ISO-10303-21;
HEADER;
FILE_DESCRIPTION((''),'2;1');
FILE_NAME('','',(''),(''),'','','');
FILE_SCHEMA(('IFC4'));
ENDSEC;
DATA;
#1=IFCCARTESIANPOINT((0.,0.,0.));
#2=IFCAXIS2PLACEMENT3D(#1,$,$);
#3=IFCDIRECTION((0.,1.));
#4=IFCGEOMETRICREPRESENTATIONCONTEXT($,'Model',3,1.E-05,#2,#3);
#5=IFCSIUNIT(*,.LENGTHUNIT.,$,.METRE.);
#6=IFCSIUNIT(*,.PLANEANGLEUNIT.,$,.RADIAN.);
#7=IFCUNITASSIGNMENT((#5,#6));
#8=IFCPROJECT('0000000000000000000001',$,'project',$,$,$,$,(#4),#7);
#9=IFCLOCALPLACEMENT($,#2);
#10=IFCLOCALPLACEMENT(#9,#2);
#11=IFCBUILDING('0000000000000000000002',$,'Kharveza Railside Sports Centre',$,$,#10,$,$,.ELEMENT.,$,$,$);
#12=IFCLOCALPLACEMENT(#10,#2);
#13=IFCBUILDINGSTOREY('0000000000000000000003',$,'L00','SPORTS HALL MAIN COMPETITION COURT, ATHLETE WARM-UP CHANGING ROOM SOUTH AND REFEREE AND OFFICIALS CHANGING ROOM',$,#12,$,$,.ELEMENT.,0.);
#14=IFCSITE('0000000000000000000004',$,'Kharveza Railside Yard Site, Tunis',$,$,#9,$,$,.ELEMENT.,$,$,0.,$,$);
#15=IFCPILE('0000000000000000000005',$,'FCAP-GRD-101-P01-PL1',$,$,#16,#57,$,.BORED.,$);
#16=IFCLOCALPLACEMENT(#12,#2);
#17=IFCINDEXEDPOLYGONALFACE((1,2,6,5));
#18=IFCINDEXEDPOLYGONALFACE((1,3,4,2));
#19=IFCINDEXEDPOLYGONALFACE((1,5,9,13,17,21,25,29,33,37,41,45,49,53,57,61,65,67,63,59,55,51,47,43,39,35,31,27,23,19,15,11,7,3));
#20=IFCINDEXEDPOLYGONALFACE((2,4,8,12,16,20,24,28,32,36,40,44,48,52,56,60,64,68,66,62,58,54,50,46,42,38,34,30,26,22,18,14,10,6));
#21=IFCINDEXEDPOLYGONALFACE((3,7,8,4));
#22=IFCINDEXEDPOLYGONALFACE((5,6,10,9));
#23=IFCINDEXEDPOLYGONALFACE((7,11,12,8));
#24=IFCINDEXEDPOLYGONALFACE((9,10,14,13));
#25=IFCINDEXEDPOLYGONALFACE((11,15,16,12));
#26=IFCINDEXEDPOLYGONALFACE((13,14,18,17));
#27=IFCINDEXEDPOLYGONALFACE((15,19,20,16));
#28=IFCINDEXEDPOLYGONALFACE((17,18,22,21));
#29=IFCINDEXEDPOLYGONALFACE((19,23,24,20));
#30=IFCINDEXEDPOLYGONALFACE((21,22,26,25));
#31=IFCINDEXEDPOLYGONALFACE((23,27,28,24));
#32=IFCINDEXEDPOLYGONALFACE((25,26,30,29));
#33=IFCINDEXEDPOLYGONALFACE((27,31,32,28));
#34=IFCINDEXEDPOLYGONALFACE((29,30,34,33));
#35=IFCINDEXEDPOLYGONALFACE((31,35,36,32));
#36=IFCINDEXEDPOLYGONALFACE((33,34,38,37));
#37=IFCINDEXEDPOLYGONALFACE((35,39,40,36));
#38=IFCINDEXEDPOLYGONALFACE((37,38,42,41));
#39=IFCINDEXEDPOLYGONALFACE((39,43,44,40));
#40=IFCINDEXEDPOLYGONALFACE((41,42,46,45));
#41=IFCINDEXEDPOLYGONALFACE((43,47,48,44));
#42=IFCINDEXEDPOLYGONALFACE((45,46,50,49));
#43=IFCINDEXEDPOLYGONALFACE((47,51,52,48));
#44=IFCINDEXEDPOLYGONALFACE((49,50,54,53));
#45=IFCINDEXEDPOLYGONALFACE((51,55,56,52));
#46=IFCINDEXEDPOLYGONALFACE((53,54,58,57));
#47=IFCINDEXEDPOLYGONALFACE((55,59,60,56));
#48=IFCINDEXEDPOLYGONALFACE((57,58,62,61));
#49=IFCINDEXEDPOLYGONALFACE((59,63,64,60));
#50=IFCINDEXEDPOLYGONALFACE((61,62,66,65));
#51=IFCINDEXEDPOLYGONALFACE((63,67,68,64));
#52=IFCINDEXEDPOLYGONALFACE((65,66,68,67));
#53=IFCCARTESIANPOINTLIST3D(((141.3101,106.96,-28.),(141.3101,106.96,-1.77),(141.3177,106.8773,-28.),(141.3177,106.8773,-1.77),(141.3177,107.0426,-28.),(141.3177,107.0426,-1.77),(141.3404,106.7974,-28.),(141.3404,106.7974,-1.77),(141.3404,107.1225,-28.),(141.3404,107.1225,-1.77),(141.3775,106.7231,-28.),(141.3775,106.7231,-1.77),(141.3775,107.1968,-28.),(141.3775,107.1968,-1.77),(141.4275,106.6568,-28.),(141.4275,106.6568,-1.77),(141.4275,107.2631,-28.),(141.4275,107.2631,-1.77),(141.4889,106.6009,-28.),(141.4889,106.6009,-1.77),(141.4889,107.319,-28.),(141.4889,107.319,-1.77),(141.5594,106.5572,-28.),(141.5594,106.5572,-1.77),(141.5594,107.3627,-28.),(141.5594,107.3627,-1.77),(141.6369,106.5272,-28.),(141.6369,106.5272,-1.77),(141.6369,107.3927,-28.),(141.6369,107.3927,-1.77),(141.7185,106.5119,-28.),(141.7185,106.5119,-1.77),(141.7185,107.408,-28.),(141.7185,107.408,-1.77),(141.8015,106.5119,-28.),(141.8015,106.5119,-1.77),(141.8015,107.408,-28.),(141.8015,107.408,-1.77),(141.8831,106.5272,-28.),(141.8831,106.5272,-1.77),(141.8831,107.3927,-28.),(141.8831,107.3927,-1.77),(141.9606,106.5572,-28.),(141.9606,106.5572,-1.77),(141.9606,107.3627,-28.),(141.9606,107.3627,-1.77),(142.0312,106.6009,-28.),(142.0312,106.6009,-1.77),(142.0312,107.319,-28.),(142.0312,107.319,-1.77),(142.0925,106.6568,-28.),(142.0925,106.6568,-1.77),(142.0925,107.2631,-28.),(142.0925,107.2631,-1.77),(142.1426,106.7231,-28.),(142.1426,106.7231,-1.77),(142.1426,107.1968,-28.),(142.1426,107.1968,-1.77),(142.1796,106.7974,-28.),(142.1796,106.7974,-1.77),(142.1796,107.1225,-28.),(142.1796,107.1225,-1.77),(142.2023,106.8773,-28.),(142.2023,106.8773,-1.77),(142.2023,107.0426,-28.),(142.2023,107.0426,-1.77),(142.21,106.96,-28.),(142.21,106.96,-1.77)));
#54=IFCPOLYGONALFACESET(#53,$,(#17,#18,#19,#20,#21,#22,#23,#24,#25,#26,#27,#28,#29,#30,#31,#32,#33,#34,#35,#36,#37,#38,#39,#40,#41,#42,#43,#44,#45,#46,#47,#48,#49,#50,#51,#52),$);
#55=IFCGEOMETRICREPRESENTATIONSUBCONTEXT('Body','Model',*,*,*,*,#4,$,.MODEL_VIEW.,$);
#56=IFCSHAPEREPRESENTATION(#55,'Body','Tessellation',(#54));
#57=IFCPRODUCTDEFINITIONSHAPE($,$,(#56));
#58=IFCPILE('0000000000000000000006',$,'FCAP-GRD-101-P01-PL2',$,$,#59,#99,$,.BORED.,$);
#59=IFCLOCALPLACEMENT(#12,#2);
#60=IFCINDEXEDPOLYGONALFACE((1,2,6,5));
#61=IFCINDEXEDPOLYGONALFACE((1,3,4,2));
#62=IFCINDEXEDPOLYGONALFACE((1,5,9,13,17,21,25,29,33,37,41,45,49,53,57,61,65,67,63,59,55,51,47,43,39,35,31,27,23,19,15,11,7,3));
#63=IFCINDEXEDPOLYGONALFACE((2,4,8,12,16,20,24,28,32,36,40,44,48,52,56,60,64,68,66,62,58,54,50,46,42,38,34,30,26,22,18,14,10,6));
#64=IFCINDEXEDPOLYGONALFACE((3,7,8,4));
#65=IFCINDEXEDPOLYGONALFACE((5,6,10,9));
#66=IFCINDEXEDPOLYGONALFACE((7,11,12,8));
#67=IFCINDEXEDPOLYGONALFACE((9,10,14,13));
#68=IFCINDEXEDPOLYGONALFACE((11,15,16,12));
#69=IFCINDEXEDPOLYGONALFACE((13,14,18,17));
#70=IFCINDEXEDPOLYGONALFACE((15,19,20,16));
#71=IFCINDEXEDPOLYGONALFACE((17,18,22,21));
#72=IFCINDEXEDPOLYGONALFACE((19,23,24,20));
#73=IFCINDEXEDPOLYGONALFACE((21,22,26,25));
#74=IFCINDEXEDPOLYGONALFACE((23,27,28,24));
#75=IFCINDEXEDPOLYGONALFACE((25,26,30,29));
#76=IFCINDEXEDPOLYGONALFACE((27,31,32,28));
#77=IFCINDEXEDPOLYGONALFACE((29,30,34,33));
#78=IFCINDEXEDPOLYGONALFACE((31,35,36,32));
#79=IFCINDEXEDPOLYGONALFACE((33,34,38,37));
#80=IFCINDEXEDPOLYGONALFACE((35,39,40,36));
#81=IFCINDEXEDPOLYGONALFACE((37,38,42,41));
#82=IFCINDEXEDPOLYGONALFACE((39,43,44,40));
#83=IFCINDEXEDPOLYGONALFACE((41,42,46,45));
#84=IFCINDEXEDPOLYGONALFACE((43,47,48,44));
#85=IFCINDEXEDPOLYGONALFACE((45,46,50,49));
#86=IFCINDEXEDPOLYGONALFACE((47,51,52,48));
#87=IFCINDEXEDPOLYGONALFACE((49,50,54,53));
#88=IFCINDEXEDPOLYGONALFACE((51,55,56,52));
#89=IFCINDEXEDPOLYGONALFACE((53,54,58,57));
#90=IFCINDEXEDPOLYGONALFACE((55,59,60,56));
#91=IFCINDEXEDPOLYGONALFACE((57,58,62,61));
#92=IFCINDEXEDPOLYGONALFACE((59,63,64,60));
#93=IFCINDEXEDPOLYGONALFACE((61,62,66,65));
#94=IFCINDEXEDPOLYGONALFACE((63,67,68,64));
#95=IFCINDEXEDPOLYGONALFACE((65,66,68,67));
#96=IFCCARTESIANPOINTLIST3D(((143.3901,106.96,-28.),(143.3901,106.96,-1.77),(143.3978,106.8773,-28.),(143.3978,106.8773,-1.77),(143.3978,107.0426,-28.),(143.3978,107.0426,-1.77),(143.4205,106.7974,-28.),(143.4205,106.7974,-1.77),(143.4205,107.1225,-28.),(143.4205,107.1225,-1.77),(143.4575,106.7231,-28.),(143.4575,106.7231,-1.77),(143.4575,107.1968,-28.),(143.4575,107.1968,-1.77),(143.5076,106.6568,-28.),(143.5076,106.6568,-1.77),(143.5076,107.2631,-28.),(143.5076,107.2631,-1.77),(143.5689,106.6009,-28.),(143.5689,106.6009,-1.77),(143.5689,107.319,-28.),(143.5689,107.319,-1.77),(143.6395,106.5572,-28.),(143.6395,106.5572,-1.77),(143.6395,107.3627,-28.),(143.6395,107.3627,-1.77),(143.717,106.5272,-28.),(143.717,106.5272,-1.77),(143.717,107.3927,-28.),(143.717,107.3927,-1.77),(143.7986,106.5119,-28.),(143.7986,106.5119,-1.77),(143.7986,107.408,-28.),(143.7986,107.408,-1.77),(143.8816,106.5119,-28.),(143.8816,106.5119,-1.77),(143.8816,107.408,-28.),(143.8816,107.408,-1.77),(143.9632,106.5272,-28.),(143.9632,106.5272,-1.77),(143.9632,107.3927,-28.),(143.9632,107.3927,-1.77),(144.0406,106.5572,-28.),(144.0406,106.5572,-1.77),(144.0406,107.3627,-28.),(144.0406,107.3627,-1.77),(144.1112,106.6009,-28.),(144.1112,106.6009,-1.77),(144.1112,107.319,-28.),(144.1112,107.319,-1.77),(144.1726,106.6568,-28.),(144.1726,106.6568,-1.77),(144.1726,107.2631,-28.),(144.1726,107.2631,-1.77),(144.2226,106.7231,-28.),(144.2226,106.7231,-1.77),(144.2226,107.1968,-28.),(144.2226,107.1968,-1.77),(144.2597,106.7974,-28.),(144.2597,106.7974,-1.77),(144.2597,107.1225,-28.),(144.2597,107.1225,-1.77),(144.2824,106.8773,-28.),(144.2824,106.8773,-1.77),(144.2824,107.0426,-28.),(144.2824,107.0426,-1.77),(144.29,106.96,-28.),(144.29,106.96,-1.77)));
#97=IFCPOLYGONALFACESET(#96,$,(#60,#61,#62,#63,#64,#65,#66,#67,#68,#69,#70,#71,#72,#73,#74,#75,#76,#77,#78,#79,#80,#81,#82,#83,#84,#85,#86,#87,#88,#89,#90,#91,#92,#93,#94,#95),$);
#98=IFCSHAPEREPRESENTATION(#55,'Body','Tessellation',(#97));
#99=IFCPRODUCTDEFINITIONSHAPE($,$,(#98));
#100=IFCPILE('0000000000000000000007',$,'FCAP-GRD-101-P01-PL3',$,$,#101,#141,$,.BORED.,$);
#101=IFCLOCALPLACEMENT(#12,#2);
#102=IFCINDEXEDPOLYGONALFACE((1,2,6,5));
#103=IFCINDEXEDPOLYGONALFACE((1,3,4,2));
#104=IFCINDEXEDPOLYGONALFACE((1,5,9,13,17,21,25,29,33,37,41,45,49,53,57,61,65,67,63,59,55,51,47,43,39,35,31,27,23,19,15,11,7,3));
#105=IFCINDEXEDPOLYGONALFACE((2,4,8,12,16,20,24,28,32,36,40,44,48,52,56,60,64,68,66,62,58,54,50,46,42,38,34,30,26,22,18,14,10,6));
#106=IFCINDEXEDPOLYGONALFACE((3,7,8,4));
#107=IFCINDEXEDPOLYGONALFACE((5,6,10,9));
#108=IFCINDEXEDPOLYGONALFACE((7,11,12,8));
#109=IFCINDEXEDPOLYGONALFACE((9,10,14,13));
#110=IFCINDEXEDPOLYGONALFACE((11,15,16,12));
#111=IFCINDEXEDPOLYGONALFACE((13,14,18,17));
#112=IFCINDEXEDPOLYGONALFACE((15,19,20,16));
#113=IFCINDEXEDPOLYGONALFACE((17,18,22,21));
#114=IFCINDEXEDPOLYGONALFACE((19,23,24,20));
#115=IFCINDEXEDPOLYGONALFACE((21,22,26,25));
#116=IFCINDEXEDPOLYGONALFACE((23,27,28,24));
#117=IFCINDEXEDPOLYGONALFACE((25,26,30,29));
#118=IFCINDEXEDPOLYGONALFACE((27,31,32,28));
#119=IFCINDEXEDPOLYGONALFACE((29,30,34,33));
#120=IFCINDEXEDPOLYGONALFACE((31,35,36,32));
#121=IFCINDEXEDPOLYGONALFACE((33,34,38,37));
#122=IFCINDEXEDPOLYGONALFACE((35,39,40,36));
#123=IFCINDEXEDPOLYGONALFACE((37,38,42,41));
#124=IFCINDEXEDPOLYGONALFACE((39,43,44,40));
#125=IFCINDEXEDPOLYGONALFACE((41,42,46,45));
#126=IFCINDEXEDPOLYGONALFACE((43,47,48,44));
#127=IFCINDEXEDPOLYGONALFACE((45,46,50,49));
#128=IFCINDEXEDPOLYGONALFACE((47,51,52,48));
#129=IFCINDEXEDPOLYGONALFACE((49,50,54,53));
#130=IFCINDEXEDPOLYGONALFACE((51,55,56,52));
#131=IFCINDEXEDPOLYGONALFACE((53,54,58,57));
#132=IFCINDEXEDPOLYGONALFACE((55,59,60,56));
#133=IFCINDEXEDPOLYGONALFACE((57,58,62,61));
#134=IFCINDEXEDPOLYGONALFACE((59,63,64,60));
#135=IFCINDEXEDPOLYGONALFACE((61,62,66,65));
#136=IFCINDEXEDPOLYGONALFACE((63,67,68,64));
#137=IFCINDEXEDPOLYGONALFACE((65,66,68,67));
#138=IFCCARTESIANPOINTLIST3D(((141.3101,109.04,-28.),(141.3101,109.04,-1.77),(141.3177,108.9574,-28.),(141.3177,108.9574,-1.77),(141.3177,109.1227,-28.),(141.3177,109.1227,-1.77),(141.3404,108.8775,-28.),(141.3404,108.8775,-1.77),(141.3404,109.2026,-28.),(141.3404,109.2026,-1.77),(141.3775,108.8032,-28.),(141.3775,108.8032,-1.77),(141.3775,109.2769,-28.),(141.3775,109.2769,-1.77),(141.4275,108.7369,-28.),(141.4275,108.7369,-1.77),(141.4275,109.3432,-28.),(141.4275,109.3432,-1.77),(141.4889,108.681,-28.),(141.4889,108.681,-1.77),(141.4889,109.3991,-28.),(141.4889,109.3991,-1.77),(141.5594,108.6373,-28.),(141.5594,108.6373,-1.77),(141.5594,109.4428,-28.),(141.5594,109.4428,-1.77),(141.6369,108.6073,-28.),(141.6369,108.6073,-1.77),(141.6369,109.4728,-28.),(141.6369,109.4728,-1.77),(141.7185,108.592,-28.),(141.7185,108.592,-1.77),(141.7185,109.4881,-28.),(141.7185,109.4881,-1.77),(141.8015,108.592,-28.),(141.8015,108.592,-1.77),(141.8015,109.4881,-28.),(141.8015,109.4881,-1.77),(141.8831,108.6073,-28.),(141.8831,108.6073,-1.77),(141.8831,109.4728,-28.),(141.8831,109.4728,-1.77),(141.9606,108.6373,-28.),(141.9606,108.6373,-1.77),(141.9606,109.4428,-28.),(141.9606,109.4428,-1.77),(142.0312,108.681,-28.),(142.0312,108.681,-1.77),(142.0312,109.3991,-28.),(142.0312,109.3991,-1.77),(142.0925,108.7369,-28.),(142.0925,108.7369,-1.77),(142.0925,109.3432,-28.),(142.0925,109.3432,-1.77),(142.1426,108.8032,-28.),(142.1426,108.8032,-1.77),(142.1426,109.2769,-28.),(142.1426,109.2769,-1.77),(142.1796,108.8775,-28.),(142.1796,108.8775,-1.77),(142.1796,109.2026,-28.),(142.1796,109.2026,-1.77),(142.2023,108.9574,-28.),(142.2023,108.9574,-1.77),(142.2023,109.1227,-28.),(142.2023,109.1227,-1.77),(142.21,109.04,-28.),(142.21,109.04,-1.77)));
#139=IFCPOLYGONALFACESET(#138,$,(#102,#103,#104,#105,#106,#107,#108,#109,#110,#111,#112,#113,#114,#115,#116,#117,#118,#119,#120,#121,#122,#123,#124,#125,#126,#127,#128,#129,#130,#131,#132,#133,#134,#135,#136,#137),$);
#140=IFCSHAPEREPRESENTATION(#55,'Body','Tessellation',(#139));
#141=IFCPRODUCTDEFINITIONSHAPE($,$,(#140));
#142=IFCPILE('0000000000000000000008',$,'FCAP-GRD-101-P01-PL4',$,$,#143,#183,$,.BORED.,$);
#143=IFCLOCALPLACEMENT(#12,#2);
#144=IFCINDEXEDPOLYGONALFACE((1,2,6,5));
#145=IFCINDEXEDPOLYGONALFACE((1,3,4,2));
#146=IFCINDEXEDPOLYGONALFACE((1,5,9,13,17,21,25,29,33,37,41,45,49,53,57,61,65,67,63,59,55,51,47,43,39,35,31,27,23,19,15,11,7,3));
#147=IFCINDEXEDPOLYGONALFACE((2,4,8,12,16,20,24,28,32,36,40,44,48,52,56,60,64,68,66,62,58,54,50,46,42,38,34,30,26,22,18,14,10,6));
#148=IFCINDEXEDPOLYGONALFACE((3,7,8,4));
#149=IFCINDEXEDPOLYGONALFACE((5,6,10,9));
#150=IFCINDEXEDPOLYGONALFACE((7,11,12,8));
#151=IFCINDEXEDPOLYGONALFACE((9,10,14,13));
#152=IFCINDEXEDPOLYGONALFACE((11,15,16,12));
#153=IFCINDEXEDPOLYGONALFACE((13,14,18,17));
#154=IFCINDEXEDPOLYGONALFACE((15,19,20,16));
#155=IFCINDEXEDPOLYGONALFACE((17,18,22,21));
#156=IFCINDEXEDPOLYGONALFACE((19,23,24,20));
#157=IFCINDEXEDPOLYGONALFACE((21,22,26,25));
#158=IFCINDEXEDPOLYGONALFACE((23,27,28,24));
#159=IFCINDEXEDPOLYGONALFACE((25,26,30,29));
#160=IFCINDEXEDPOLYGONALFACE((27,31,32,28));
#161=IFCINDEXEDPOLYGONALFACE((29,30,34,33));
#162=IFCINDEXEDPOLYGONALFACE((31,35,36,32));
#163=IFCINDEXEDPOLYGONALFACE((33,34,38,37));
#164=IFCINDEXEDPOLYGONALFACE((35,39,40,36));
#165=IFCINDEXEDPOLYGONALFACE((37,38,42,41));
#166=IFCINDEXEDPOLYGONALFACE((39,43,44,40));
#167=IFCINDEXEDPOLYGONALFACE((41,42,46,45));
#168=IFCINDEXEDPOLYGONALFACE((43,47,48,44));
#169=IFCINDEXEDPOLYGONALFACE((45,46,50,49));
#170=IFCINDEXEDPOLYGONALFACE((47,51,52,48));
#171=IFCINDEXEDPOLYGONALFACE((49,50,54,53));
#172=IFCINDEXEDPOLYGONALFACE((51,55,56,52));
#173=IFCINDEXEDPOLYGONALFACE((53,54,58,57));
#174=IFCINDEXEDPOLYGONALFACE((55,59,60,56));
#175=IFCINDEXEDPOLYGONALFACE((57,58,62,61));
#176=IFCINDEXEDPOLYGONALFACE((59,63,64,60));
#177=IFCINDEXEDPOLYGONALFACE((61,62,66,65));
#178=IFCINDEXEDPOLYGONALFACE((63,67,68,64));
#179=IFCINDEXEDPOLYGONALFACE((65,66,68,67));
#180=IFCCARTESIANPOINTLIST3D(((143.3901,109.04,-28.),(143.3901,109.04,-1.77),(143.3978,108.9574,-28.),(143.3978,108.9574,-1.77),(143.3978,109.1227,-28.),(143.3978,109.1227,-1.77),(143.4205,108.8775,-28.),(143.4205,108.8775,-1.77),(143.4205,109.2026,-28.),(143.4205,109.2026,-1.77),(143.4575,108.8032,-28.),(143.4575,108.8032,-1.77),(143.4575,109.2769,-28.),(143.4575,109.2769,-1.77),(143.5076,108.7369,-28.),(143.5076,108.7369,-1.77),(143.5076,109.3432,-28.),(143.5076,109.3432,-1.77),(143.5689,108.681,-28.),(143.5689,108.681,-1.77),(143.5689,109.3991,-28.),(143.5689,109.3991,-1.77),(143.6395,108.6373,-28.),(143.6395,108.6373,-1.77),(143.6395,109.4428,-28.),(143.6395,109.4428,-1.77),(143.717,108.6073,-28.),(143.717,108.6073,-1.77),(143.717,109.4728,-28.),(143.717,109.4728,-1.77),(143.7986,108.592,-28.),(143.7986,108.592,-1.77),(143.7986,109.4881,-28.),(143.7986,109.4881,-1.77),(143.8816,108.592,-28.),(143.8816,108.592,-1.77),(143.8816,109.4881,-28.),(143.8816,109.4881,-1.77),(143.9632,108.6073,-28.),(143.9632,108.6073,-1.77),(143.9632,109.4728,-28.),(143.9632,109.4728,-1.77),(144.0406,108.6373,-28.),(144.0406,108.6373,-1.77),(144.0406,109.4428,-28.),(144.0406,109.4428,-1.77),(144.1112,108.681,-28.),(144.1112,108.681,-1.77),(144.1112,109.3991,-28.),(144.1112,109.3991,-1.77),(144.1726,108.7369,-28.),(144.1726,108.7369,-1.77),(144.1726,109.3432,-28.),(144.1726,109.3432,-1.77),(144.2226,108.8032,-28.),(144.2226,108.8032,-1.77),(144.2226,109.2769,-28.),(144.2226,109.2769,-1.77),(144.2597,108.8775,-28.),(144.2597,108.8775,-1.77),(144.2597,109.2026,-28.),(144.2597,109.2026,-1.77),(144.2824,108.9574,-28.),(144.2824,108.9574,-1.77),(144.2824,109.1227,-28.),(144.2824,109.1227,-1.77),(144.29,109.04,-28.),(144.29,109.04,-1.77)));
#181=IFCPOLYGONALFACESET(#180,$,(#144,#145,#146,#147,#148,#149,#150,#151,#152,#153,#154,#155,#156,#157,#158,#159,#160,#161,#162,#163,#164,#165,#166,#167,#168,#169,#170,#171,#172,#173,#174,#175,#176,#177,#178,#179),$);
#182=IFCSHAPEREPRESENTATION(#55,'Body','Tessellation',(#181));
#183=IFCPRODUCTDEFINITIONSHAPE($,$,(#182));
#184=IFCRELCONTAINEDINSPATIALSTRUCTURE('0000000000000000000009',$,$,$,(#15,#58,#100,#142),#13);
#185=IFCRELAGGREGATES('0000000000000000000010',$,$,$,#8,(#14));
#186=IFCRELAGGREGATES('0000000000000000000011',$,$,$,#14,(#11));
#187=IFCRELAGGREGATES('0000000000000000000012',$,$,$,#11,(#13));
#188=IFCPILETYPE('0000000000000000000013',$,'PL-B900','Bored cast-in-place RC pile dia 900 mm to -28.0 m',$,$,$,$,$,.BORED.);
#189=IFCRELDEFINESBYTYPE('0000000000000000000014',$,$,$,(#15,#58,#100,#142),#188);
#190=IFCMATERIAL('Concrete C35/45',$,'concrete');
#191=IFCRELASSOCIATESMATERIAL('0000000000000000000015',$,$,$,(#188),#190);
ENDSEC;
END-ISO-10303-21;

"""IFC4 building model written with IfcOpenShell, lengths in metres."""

from ifc_helpers import new_model, si_unit, direction, frame, origin, origin_2d, place, context, subcontext, project, spatial, circle, extrude, material, material_profile, profile_set, type_object, element, save


model = new_model("IFC4")

# Units and contexts
model_context = context("Model", 3, precision=1e-05, world=origin(), true_north=direction((0.0, 1.0)))
body_context = subcontext(model_context, "Body", "Model", "MODEL_VIEW")
ifc_project = project(units=[si_unit("LENGTHUNIT", "METRE"), si_unit("PLANEANGLEUNIT", "RADIAN")], contexts=[model_context])

# Site, building, storey
site_placement = place(None, origin())
site = spatial("IfcSite", under=ifc_project, at=site_placement, Name="Kharveza Railside Yard Site, Tunis", CompositionType="ELEMENT", RefElevation=0.0)
building_placement = place(site_placement, origin())
building = spatial("IfcBuilding", under=site, at=building_placement, Name="Kharveza Railside Sports Centre", CompositionType="ELEMENT")
storey_placement = place(building_placement, origin())
storey = spatial("IfcBuildingStorey", under=building, at=storey_placement, Name="L00", Description="SPORTS HALL MAIN COMPETITION COURT, ATHLETE WARM-UP CHANGING ROOM SOUTH AND REFEREE AND OFFICIALS CHANGING ROOM", CompositionType="ELEMENT", Elevation=0.0)

# Shared definitions
ifc_material_1 = material(Name="Concrete C35/45", Category="concrete")

# Piles
ifc_material_profile_1 = material_profile(ifc_material_1, circle(Radius=0.45, at=origin_2d()), Name="PILE D900")
ifc_profile_set_1 = profile_set([ifc_material_profile_1], Name="Concrete C35/45")
pile_type = type_object("IfcPileType", Name="PL-B900", Description="Bored cast-in-place RC pile dia 900 mm to -28.0 m", PredefinedType="BORED", material=ifc_profile_set_1)
for number, where, z_axis, x_axis, name in (
    (1, (141.76, 106.96, -1.77), (0.0, 0.0, -1.0), (1.0, 0.0, 0.0), "FCAP-GRD-101-P01-PL1"),
    (2, (143.8401, 106.96, -1.77), (0.0, 0.0, -1.0), (1.0, 0.0, 0.0), "FCAP-GRD-101-P01-PL2"),
    (3, (141.76, 109.04, -1.77), (0.0, 0.0, -1.0), (1.0, 0.0, 0.0), "FCAP-GRD-101-P01-PL3"),
    (4, (143.8401, 109.04, -1.77), (0.0, 0.0, -1.0), (1.0, 0.0, 0.0), "FCAP-GRD-101-P01-PL4"),
):
    element("IfcPile", number, at=place(storey_placement, frame(where, z_axis=z_axis, x_axis=x_axis)), inside=storey, type_object=pile_type, Name=name, PredefinedType="BORED", context=body_context, shape_type="SweptSolid", body=[
        extrude(circle(Radius=0.45, at=origin_2d()), origin(), (0.0, 0.0, 1.0), 26.23),
    ])

save(model, "model.ifc")
